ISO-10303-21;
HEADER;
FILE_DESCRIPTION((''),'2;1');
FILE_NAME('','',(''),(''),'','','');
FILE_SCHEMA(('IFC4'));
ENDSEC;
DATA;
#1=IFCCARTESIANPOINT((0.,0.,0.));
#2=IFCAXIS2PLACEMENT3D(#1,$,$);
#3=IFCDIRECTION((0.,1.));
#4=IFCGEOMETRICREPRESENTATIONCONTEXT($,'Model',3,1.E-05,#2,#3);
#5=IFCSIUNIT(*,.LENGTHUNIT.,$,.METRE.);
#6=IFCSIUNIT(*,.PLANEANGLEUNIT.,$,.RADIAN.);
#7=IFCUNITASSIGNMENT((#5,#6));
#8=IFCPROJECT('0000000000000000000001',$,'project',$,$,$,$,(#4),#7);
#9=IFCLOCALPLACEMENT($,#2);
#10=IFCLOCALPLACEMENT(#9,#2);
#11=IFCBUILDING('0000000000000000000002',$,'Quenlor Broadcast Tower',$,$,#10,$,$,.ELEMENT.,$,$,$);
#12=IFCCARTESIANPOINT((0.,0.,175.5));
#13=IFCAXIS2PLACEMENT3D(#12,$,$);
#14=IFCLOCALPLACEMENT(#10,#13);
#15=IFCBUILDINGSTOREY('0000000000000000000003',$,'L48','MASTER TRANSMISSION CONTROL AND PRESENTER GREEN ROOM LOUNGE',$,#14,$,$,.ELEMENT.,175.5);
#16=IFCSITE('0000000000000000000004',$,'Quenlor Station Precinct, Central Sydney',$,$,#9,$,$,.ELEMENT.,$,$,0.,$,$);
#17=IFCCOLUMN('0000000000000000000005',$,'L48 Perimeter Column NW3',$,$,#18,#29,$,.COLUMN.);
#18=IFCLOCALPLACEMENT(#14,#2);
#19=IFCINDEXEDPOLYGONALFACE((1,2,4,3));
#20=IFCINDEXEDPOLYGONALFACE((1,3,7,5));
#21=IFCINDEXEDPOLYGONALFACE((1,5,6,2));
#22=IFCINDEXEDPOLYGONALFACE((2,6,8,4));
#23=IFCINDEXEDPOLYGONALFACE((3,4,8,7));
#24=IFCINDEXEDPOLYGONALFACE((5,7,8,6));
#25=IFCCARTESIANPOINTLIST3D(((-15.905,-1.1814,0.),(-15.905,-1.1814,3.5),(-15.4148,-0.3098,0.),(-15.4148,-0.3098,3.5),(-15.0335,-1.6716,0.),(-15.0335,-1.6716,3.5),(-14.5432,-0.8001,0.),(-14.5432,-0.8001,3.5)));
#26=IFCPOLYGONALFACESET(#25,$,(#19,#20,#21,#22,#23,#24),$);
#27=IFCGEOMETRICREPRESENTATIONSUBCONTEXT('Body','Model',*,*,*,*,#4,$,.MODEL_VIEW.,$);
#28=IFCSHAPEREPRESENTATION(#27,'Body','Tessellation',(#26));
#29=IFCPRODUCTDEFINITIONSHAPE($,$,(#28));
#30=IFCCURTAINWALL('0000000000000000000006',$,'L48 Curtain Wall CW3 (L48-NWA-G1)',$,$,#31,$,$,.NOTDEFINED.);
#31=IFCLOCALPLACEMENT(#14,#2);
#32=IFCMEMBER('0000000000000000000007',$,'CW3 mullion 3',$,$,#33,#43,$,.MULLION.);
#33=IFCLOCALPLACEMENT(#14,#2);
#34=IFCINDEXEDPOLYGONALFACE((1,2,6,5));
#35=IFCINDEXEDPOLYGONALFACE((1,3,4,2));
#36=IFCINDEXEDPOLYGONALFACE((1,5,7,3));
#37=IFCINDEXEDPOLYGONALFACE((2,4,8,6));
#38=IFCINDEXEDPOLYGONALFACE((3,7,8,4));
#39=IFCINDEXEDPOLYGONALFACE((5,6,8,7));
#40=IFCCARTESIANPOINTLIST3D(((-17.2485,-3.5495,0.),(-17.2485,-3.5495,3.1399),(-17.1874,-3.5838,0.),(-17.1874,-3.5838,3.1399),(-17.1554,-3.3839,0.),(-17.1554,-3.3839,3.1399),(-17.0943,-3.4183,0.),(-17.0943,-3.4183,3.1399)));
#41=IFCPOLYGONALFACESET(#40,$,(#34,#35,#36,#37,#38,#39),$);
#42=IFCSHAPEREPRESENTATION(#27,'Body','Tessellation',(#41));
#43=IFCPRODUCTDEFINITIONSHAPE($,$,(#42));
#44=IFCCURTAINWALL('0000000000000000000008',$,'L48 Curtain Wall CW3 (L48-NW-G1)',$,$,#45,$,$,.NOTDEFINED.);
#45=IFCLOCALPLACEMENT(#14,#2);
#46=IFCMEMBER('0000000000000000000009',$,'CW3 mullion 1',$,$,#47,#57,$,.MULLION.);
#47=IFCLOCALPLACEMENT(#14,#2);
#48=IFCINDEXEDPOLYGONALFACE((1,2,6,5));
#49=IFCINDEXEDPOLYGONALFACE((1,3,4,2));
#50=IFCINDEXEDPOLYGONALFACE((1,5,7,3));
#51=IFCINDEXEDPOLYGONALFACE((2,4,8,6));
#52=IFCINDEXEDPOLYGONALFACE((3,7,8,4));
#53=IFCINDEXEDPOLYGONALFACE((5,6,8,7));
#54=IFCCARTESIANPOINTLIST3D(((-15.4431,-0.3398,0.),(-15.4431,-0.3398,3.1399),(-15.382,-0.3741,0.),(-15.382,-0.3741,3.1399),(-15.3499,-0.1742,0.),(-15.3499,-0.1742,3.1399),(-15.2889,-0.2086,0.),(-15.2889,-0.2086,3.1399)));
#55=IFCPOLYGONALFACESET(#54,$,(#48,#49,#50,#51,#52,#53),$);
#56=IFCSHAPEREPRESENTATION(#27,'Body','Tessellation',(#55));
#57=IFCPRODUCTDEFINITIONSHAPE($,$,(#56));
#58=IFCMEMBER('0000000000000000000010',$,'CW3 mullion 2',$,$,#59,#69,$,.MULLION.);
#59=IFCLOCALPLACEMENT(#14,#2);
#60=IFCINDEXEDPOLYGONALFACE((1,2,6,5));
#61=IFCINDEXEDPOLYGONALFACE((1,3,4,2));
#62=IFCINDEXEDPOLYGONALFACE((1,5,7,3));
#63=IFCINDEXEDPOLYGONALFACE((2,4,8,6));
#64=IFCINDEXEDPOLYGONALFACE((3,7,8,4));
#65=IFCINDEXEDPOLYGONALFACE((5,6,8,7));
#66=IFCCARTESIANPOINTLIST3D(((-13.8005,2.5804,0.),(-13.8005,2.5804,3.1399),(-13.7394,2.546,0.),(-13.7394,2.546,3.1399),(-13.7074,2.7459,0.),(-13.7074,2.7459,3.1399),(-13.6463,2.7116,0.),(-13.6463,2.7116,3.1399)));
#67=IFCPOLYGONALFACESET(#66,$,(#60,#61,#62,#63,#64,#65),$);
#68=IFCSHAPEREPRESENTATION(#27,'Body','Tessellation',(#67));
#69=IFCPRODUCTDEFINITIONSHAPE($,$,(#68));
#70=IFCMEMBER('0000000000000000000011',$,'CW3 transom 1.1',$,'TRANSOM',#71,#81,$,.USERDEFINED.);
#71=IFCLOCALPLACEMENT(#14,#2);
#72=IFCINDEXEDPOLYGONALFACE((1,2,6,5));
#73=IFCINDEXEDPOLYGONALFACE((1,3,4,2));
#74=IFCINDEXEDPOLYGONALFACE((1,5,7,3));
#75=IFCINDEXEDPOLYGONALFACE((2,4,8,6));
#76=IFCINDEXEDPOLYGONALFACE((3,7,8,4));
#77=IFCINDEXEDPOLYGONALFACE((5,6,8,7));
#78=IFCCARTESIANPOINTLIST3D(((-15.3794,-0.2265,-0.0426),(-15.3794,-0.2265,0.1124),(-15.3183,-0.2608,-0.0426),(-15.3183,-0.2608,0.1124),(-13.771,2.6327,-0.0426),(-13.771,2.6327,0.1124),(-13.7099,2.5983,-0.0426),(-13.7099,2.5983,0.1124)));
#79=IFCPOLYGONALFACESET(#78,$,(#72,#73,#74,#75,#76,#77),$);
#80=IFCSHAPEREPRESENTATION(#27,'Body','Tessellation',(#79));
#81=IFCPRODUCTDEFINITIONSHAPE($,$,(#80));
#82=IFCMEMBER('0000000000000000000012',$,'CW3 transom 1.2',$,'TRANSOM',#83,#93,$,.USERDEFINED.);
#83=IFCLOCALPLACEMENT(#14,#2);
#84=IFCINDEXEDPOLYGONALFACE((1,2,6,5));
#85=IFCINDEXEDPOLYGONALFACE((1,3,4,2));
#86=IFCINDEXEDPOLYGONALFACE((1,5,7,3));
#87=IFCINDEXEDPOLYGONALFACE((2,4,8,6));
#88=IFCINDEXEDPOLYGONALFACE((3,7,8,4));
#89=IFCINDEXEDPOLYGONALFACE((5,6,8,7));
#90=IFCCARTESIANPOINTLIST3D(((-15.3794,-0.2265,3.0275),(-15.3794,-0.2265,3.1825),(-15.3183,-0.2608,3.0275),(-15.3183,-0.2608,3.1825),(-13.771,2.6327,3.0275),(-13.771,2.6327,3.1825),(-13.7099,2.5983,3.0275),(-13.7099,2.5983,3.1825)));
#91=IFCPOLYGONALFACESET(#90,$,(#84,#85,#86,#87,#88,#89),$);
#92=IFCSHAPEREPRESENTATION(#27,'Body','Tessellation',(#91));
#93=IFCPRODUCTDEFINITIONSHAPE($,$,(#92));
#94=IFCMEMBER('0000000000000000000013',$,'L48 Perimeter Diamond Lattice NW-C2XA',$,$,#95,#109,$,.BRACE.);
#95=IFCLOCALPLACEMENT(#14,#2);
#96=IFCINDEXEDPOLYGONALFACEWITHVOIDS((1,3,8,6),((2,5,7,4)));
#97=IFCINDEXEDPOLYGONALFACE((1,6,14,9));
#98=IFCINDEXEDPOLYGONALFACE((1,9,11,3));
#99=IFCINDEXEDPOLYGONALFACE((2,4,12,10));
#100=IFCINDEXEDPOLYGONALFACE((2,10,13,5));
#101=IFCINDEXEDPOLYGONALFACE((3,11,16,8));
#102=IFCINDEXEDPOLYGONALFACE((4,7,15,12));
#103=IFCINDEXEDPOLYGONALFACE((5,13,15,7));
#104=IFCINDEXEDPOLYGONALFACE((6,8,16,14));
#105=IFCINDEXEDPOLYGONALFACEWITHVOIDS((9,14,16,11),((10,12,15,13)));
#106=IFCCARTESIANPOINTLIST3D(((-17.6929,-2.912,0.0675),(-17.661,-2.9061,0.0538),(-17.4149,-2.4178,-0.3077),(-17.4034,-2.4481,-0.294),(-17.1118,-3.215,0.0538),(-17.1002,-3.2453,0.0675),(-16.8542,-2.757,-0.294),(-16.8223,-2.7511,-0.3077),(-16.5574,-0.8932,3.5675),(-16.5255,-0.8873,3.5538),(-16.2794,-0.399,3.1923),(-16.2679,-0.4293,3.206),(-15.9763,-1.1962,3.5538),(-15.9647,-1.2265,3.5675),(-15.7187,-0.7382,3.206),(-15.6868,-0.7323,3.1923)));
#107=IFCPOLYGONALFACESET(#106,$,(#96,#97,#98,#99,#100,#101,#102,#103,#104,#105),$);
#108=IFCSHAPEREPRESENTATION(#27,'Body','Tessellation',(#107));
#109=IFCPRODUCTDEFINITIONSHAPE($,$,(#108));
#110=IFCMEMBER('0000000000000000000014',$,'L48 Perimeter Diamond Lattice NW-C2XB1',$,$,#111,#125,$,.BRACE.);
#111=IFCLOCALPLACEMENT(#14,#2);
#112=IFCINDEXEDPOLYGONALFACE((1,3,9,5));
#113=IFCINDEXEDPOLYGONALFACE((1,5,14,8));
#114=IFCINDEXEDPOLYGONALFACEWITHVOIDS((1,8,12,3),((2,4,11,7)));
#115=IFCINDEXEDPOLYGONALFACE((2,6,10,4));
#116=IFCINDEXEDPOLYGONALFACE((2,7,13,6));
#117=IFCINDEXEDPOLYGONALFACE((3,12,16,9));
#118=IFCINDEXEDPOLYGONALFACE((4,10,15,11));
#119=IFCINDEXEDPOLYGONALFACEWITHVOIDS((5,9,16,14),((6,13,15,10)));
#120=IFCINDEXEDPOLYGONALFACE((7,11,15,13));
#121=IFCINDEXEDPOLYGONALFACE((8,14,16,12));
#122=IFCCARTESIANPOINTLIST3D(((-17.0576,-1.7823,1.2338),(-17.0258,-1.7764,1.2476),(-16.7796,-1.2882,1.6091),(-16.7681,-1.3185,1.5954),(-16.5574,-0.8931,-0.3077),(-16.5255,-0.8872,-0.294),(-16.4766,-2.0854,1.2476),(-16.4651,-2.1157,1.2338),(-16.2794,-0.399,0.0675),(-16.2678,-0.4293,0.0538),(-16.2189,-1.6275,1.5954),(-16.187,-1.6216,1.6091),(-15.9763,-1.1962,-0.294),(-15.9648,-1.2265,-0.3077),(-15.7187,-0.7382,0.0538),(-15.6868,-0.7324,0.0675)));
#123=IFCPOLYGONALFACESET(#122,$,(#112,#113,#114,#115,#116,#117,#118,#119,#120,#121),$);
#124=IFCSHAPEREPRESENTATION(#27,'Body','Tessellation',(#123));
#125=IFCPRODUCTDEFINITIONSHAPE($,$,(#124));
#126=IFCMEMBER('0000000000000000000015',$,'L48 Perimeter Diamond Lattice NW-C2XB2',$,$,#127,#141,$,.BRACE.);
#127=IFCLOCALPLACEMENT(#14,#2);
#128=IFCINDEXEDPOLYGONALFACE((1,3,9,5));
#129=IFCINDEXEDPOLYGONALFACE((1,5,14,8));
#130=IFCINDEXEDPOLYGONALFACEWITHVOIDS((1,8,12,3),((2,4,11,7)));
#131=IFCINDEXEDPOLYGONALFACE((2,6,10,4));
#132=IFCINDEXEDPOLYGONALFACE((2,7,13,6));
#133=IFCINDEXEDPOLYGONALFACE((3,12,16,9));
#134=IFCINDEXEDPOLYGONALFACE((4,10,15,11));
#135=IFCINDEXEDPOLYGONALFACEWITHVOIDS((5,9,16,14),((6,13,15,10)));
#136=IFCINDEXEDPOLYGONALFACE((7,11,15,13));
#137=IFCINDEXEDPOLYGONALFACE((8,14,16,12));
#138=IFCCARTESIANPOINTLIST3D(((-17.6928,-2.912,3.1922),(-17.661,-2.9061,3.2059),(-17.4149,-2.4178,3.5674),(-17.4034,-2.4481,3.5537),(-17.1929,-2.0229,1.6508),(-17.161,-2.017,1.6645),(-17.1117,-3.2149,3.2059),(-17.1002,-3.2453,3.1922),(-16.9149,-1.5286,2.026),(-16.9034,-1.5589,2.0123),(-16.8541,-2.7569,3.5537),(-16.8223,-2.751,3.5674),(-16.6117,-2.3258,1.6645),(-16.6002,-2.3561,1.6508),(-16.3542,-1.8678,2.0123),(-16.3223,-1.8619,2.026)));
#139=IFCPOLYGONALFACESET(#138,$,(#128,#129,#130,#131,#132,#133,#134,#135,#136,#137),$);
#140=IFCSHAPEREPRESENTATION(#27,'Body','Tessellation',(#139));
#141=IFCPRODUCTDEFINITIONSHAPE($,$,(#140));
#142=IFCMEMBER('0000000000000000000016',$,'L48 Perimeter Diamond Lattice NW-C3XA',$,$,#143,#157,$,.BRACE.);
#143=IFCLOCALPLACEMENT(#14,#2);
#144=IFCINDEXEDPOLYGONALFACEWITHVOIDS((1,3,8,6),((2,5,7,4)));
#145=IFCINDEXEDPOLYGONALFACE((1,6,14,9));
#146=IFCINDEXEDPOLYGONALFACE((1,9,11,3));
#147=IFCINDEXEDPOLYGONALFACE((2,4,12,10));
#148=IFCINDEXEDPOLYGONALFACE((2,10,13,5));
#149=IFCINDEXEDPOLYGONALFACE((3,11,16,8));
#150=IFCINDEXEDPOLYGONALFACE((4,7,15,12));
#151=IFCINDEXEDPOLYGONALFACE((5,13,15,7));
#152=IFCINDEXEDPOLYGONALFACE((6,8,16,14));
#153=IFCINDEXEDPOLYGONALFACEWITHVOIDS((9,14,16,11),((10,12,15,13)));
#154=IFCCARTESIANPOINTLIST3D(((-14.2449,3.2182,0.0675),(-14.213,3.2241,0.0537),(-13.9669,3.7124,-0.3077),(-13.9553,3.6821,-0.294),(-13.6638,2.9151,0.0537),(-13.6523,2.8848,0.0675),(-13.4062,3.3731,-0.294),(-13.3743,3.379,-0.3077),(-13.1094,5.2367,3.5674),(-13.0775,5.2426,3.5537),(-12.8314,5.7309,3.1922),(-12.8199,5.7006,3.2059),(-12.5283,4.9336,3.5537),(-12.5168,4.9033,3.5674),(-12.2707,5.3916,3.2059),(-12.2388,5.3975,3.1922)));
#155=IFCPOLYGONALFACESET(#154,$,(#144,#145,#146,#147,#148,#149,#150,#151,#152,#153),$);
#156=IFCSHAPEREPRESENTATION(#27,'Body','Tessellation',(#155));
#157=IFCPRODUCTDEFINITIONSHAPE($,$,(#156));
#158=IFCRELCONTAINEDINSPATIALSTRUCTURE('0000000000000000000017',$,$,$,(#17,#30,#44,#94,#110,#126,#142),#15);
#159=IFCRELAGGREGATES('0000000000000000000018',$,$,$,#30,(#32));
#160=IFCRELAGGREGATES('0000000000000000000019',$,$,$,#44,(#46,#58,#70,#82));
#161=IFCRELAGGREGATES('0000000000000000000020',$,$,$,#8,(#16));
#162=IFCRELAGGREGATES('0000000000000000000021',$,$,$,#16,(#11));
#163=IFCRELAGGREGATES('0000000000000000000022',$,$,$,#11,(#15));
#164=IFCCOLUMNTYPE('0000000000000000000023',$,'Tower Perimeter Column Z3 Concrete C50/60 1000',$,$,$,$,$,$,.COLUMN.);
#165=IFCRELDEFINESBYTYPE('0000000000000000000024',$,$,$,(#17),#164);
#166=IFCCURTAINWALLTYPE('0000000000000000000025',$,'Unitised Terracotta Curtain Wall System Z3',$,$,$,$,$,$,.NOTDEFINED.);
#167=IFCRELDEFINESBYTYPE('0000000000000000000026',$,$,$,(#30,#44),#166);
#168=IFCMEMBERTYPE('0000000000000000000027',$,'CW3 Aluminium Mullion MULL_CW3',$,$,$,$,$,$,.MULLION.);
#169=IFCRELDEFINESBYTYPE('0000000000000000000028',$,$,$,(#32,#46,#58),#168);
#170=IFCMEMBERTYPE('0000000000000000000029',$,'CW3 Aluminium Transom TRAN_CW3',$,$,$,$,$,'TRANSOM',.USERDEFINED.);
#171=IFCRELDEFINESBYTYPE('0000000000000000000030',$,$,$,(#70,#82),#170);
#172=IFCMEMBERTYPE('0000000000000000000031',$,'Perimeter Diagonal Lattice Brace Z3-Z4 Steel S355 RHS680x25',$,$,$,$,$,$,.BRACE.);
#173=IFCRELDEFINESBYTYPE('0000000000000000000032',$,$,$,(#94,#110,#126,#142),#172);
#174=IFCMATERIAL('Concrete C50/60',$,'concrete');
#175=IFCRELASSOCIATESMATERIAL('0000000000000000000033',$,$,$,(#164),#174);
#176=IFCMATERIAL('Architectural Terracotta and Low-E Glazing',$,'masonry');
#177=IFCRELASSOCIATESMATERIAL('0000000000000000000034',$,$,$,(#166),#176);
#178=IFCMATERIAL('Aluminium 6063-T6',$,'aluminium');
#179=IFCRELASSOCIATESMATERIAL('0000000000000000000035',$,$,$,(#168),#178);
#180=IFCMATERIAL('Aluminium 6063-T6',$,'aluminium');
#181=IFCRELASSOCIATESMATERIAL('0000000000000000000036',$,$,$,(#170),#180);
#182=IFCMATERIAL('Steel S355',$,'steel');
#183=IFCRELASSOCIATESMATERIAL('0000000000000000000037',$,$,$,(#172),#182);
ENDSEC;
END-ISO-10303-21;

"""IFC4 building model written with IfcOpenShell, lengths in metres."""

from ifc_helpers import new_model, si_unit, direction, frame, origin, origin_2d, place, context, subcontext, project, spatial, rectangle, hollow_rectangle, extrude, material, material_profile, profile_set, type_object, element, aggregate, save


model = new_model("IFC4")

# Units and contexts
model_context = context("Model", 3, precision=1e-05, world=origin(), true_north=direction((0.0, 1.0)))
body_context = subcontext(model_context, "Body", "Model", "MODEL_VIEW")
ifc_project = project(units=[si_unit("LENGTHUNIT", "METRE"), si_unit("PLANEANGLEUNIT", "RADIAN")], contexts=[model_context])

# Site, building, storey
site_placement = place(None, origin())
site = spatial("IfcSite", under=ifc_project, at=site_placement, Name="Quenlor Station Precinct, Central Sydney", CompositionType="ELEMENT", RefElevation=0.0)
building_placement = place(site_placement, origin())
building = spatial("IfcBuilding", under=site, at=building_placement, Name="Quenlor Broadcast Tower", CompositionType="ELEMENT")
storey_placement = place(building_placement, frame((0.0, 0.0, 175.5)))
storey = spatial("IfcBuildingStorey", under=building, at=storey_placement, Name="L48", Description="MASTER TRANSMISSION CONTROL AND PRESENTER GREEN ROOM LOUNGE", CompositionType="ELEMENT", Elevation=175.5)

# Column
ifc_material_1 = material(Name="Concrete C50/60", Category="concrete")
ifc_material_profile_1 = material_profile(ifc_material_1, rectangle(XDim=1.0, YDim=1.0, at=origin_2d()))
ifc_profile_set_1 = profile_set([ifc_material_profile_1], Name="Concrete C50/60 RC1000x1000")
column_type = type_object("IfcColumnType", Name="Tower Perimeter Column Z3 Concrete C50/60 1000", PredefinedType="COLUMN", material=ifc_profile_set_1)
column_placement = place(storey_placement, frame((-15.2241, -0.9907, 0.0), z_axis=(0.0, 0.0, 1.0), x_axis=(-0.871575, 0.490262, 0.0)))
element("IfcColumn", 1, at=column_placement, inside=storey, type_object=column_type, Name="L48 Perimeter Column NW3", PredefinedType="COLUMN", context=body_context, shape_type="SweptSolid", body=[
    extrude(rectangle(XDim=1.0, YDim=1.0, at=origin_2d()), origin(), (0.0, 0.0, 1.0), 3.5),
])

# Curtain wall, member
ifc_material_2 = material(Name="Architectural Terracotta and Low-E Glazing", Category="masonry")
curtain_wall_type = type_object("IfcCurtainWallType", Name="Unitised Terracotta Curtain Wall System Z3", PredefinedType="NOTDEFINED", material=ifc_material_2)
curtain_wall_1_placement = place(storey_placement, origin())
curtain_wall_1 = element("IfcCurtainWall", 2, at=curtain_wall_1_placement, inside=storey, type_object=curtain_wall_type, Name="L48 Curtain Wall CW3 (L48-NWA-G1)", PredefinedType="NOTDEFINED")
ifc_material_3 = material(Name="Aluminium 6063-T6", Category="aluminium")
ifc_material_profile_2 = material_profile(ifc_material_3, rectangle(XDim=0.0701, YDim=0.1899, at=origin_2d()))
ifc_profile_set_2 = profile_set([ifc_material_profile_2], Name="Aluminium 6063-T6 MULL70x190")
member_type_1 = type_object("IfcMemberType", Name="CW3 Aluminium Mullion MULL_CW3", PredefinedType="MULLION", material=ifc_profile_set_2)
member_1_placement = place(storey_placement, frame((-17.1714, -3.4839, 0.0), z_axis=(0.0, 0.0, 1.0), x_axis=(-0.871577, 0.490259, 0.0)))
member_1 = element("IfcMember", 3, at=member_1_placement, type_object=member_type_1, Name="CW3 mullion 3", PredefinedType="MULLION", context=body_context, shape_type="SweptSolid", body=[
    extrude(rectangle(XDim=0.0701, YDim=0.1899, at=origin_2d()), origin(), (0.0, 0.0, 1.0), 3.1399),
])

# Curtain wall, members
curtain_wall_2_placement = place(storey_placement, origin())
curtain_wall_2 = element("IfcCurtainWall", 4, at=curtain_wall_2_placement, inside=storey, type_object=curtain_wall_type, Name="L48 Curtain Wall CW3 (L48-NW-G1)", PredefinedType="NOTDEFINED")
member_2_placement = place(storey_placement, frame((-15.366, -0.2742, 0.0), z_axis=(0.0, 0.0, 1.0), x_axis=(-0.871572, 0.490268, 0.0)))
member_2 = element("IfcMember", 5, at=member_2_placement, type_object=member_type_1, Name="CW3 mullion 1", PredefinedType="MULLION", context=body_context, shape_type="SweptSolid", body=[
    extrude(rectangle(XDim=0.0701, YDim=0.1899, at=origin_2d()), origin(), (0.0, 0.0, 1.0), 3.1399),
])
member_3_placement = place(storey_placement, frame((-13.7234, 2.646, 0.0), z_axis=(0.0, 0.0, 1.0), x_axis=(-0.871572, 0.490268, 0.0)))
member_3 = element("IfcMember", 6, at=member_3_placement, type_object=member_type_1, Name="CW3 mullion 2", PredefinedType="MULLION", context=body_context, shape_type="SweptSolid", body=[
    extrude(rectangle(XDim=0.0701, YDim=0.1899, at=origin_2d()), origin(), (0.0, 0.0, 1.0), 3.1399),
])
ifc_material_4 = material(Name="Aluminium 6063-T6", Category="aluminium")
ifc_material_profile_3 = material_profile(ifc_material_4, rectangle(XDim=0.0701, YDim=0.155, at=origin_2d()))
ifc_profile_set_3 = profile_set([ifc_material_profile_3], Name="Aluminium 6063-T6 TRAN70x155")
member_type_2 = type_object("IfcMemberType", Name="CW3 Aluminium Transom TRAN_CW3", ElementType="TRANSOM", PredefinedType="USERDEFINED", material=ifc_profile_set_3)
member_4_placement = place(storey_placement, frame((-15.3489, -0.2437, 0.0349), z_axis=(0.490293, 0.871558, 0.0), x_axis=(-0.871558, 0.490293, 0.0)))
member_4 = element("IfcMember", 7, at=member_4_placement, type_object=member_type_2, Name="CW3 transom 1.1", ObjectType="TRANSOM", PredefinedType="USERDEFINED", context=body_context, shape_type="SweptSolid", body=[
    extrude(rectangle(XDim=0.0701, YDim=0.155, at=origin_2d()), origin(), (0.0, 0.0, 1.0), 3.2805),
])
member_5_placement = place(storey_placement, frame((-15.3489, -0.2437, 3.105), z_axis=(0.490293, 0.871558, 0.0), x_axis=(-0.871558, 0.490293, 0.0)))
member_5 = element("IfcMember", 8, at=member_5_placement, type_object=member_type_2, Name="CW3 transom 1.2", ObjectType="TRANSOM", PredefinedType="USERDEFINED", context=body_context, shape_type="SweptSolid", body=[
    extrude(rectangle(XDim=0.0701, YDim=0.155, at=origin_2d()), origin(), (0.0, 0.0, 1.0), 3.2805),
])

# Members
ifc_material_5 = material(Name="Steel S355", Category="steel")
ifc_material_profile_4 = material_profile(ifc_material_5, hollow_rectangle(XDim=0.6799, YDim=0.6799, WallThickness=0.0249, at=origin_2d()))
ifc_profile_set_4 = profile_set([ifc_material_profile_4], Name="Steel S355 RHS680x680x25")
member_type_3 = type_object("IfcMemberType", Name="Perimeter Diagonal Lattice Brace Z3-Z4 Steel S355 RHS680x25", PredefinedType="BRACE", material=ifc_profile_set_4)
member_6_placement = place(storey_placement, frame((-17.2576, -2.8315, -0.1201), z_axis=(0.270549, 0.481009, 0.833927), x_axis=(-0.87159, 0.490236, 0.0)))
element("IfcMember", 9, at=member_6_placement, inside=storey, type_object=member_type_3, Name="L48 Perimeter Diamond Lattice NW-C2XA", PredefinedType="BRACE", context=body_context, shape_type="SweptSolid", body=[
    extrude(hollow_rectangle(XDim=0.6799, YDim=0.6799, WallThickness=0.0249, at=origin_2d()), origin(), (0.0, 0.0, 1.0), 4.197),
])
member_7_placement = place(storey_placement, frame((-16.1221, -0.8127, -0.1201), z_axis=(-0.270616, -0.481008, 0.833905), x_axis=(0.871537, -0.490329, 0.0)))
element("IfcMember", 10, at=member_7_placement, inside=storey, type_object=member_type_3, Name="L48 Perimeter Diamond Lattice NW-C2XB1", PredefinedType="BRACE", context=body_context, shape_type="SweptSolid", body=[
    extrude(hollow_rectangle(XDim=0.6799, YDim=0.6799, WallThickness=0.0249, at=origin_2d()), origin(), (0.0, 0.0, 1.0), 1.8486),
])
member_8_placement = place(storey_placement, frame((-16.7576, -1.9424, 1.8384), z_axis=(-0.270494, -0.481025, 0.833935), x_axis=(0.871639, -0.490148, 0.0)))
element("IfcMember", 11, at=member_8_placement, inside=storey, type_object=member_type_3, Name="L48 Perimeter Diamond Lattice NW-C2XB2", PredefinedType="BRACE", context=body_context, shape_type="SweptSolid", body=[
    extrude(hollow_rectangle(XDim=0.6799, YDim=0.6799, WallThickness=0.0249, at=origin_2d()), origin(), (0.0, 0.0, 1.0), 1.8484),
])
member_9_placement = place(storey_placement, frame((-13.8096, 3.2986, -0.1201), z_axis=(0.270557, 0.480964, 0.83395), x_axis=(-0.871564, 0.490281, 0.0)))
element("IfcMember", 12, at=member_9_placement, inside=storey, type_object=member_type_3, Name="L48 Perimeter Diamond Lattice NW-C3XA", PredefinedType="BRACE", context=body_context, shape_type="SweptSolid", body=[
    extrude(hollow_rectangle(XDim=0.6799, YDim=0.6799, WallThickness=0.0249, at=origin_2d()), origin(), (0.0, 0.0, 1.0), 4.1968),
])

aggregate(curtain_wall_1, [member_1])
aggregate(curtain_wall_2, [member_2, member_3, member_4, member_5])

save(model, "model.ifc")
